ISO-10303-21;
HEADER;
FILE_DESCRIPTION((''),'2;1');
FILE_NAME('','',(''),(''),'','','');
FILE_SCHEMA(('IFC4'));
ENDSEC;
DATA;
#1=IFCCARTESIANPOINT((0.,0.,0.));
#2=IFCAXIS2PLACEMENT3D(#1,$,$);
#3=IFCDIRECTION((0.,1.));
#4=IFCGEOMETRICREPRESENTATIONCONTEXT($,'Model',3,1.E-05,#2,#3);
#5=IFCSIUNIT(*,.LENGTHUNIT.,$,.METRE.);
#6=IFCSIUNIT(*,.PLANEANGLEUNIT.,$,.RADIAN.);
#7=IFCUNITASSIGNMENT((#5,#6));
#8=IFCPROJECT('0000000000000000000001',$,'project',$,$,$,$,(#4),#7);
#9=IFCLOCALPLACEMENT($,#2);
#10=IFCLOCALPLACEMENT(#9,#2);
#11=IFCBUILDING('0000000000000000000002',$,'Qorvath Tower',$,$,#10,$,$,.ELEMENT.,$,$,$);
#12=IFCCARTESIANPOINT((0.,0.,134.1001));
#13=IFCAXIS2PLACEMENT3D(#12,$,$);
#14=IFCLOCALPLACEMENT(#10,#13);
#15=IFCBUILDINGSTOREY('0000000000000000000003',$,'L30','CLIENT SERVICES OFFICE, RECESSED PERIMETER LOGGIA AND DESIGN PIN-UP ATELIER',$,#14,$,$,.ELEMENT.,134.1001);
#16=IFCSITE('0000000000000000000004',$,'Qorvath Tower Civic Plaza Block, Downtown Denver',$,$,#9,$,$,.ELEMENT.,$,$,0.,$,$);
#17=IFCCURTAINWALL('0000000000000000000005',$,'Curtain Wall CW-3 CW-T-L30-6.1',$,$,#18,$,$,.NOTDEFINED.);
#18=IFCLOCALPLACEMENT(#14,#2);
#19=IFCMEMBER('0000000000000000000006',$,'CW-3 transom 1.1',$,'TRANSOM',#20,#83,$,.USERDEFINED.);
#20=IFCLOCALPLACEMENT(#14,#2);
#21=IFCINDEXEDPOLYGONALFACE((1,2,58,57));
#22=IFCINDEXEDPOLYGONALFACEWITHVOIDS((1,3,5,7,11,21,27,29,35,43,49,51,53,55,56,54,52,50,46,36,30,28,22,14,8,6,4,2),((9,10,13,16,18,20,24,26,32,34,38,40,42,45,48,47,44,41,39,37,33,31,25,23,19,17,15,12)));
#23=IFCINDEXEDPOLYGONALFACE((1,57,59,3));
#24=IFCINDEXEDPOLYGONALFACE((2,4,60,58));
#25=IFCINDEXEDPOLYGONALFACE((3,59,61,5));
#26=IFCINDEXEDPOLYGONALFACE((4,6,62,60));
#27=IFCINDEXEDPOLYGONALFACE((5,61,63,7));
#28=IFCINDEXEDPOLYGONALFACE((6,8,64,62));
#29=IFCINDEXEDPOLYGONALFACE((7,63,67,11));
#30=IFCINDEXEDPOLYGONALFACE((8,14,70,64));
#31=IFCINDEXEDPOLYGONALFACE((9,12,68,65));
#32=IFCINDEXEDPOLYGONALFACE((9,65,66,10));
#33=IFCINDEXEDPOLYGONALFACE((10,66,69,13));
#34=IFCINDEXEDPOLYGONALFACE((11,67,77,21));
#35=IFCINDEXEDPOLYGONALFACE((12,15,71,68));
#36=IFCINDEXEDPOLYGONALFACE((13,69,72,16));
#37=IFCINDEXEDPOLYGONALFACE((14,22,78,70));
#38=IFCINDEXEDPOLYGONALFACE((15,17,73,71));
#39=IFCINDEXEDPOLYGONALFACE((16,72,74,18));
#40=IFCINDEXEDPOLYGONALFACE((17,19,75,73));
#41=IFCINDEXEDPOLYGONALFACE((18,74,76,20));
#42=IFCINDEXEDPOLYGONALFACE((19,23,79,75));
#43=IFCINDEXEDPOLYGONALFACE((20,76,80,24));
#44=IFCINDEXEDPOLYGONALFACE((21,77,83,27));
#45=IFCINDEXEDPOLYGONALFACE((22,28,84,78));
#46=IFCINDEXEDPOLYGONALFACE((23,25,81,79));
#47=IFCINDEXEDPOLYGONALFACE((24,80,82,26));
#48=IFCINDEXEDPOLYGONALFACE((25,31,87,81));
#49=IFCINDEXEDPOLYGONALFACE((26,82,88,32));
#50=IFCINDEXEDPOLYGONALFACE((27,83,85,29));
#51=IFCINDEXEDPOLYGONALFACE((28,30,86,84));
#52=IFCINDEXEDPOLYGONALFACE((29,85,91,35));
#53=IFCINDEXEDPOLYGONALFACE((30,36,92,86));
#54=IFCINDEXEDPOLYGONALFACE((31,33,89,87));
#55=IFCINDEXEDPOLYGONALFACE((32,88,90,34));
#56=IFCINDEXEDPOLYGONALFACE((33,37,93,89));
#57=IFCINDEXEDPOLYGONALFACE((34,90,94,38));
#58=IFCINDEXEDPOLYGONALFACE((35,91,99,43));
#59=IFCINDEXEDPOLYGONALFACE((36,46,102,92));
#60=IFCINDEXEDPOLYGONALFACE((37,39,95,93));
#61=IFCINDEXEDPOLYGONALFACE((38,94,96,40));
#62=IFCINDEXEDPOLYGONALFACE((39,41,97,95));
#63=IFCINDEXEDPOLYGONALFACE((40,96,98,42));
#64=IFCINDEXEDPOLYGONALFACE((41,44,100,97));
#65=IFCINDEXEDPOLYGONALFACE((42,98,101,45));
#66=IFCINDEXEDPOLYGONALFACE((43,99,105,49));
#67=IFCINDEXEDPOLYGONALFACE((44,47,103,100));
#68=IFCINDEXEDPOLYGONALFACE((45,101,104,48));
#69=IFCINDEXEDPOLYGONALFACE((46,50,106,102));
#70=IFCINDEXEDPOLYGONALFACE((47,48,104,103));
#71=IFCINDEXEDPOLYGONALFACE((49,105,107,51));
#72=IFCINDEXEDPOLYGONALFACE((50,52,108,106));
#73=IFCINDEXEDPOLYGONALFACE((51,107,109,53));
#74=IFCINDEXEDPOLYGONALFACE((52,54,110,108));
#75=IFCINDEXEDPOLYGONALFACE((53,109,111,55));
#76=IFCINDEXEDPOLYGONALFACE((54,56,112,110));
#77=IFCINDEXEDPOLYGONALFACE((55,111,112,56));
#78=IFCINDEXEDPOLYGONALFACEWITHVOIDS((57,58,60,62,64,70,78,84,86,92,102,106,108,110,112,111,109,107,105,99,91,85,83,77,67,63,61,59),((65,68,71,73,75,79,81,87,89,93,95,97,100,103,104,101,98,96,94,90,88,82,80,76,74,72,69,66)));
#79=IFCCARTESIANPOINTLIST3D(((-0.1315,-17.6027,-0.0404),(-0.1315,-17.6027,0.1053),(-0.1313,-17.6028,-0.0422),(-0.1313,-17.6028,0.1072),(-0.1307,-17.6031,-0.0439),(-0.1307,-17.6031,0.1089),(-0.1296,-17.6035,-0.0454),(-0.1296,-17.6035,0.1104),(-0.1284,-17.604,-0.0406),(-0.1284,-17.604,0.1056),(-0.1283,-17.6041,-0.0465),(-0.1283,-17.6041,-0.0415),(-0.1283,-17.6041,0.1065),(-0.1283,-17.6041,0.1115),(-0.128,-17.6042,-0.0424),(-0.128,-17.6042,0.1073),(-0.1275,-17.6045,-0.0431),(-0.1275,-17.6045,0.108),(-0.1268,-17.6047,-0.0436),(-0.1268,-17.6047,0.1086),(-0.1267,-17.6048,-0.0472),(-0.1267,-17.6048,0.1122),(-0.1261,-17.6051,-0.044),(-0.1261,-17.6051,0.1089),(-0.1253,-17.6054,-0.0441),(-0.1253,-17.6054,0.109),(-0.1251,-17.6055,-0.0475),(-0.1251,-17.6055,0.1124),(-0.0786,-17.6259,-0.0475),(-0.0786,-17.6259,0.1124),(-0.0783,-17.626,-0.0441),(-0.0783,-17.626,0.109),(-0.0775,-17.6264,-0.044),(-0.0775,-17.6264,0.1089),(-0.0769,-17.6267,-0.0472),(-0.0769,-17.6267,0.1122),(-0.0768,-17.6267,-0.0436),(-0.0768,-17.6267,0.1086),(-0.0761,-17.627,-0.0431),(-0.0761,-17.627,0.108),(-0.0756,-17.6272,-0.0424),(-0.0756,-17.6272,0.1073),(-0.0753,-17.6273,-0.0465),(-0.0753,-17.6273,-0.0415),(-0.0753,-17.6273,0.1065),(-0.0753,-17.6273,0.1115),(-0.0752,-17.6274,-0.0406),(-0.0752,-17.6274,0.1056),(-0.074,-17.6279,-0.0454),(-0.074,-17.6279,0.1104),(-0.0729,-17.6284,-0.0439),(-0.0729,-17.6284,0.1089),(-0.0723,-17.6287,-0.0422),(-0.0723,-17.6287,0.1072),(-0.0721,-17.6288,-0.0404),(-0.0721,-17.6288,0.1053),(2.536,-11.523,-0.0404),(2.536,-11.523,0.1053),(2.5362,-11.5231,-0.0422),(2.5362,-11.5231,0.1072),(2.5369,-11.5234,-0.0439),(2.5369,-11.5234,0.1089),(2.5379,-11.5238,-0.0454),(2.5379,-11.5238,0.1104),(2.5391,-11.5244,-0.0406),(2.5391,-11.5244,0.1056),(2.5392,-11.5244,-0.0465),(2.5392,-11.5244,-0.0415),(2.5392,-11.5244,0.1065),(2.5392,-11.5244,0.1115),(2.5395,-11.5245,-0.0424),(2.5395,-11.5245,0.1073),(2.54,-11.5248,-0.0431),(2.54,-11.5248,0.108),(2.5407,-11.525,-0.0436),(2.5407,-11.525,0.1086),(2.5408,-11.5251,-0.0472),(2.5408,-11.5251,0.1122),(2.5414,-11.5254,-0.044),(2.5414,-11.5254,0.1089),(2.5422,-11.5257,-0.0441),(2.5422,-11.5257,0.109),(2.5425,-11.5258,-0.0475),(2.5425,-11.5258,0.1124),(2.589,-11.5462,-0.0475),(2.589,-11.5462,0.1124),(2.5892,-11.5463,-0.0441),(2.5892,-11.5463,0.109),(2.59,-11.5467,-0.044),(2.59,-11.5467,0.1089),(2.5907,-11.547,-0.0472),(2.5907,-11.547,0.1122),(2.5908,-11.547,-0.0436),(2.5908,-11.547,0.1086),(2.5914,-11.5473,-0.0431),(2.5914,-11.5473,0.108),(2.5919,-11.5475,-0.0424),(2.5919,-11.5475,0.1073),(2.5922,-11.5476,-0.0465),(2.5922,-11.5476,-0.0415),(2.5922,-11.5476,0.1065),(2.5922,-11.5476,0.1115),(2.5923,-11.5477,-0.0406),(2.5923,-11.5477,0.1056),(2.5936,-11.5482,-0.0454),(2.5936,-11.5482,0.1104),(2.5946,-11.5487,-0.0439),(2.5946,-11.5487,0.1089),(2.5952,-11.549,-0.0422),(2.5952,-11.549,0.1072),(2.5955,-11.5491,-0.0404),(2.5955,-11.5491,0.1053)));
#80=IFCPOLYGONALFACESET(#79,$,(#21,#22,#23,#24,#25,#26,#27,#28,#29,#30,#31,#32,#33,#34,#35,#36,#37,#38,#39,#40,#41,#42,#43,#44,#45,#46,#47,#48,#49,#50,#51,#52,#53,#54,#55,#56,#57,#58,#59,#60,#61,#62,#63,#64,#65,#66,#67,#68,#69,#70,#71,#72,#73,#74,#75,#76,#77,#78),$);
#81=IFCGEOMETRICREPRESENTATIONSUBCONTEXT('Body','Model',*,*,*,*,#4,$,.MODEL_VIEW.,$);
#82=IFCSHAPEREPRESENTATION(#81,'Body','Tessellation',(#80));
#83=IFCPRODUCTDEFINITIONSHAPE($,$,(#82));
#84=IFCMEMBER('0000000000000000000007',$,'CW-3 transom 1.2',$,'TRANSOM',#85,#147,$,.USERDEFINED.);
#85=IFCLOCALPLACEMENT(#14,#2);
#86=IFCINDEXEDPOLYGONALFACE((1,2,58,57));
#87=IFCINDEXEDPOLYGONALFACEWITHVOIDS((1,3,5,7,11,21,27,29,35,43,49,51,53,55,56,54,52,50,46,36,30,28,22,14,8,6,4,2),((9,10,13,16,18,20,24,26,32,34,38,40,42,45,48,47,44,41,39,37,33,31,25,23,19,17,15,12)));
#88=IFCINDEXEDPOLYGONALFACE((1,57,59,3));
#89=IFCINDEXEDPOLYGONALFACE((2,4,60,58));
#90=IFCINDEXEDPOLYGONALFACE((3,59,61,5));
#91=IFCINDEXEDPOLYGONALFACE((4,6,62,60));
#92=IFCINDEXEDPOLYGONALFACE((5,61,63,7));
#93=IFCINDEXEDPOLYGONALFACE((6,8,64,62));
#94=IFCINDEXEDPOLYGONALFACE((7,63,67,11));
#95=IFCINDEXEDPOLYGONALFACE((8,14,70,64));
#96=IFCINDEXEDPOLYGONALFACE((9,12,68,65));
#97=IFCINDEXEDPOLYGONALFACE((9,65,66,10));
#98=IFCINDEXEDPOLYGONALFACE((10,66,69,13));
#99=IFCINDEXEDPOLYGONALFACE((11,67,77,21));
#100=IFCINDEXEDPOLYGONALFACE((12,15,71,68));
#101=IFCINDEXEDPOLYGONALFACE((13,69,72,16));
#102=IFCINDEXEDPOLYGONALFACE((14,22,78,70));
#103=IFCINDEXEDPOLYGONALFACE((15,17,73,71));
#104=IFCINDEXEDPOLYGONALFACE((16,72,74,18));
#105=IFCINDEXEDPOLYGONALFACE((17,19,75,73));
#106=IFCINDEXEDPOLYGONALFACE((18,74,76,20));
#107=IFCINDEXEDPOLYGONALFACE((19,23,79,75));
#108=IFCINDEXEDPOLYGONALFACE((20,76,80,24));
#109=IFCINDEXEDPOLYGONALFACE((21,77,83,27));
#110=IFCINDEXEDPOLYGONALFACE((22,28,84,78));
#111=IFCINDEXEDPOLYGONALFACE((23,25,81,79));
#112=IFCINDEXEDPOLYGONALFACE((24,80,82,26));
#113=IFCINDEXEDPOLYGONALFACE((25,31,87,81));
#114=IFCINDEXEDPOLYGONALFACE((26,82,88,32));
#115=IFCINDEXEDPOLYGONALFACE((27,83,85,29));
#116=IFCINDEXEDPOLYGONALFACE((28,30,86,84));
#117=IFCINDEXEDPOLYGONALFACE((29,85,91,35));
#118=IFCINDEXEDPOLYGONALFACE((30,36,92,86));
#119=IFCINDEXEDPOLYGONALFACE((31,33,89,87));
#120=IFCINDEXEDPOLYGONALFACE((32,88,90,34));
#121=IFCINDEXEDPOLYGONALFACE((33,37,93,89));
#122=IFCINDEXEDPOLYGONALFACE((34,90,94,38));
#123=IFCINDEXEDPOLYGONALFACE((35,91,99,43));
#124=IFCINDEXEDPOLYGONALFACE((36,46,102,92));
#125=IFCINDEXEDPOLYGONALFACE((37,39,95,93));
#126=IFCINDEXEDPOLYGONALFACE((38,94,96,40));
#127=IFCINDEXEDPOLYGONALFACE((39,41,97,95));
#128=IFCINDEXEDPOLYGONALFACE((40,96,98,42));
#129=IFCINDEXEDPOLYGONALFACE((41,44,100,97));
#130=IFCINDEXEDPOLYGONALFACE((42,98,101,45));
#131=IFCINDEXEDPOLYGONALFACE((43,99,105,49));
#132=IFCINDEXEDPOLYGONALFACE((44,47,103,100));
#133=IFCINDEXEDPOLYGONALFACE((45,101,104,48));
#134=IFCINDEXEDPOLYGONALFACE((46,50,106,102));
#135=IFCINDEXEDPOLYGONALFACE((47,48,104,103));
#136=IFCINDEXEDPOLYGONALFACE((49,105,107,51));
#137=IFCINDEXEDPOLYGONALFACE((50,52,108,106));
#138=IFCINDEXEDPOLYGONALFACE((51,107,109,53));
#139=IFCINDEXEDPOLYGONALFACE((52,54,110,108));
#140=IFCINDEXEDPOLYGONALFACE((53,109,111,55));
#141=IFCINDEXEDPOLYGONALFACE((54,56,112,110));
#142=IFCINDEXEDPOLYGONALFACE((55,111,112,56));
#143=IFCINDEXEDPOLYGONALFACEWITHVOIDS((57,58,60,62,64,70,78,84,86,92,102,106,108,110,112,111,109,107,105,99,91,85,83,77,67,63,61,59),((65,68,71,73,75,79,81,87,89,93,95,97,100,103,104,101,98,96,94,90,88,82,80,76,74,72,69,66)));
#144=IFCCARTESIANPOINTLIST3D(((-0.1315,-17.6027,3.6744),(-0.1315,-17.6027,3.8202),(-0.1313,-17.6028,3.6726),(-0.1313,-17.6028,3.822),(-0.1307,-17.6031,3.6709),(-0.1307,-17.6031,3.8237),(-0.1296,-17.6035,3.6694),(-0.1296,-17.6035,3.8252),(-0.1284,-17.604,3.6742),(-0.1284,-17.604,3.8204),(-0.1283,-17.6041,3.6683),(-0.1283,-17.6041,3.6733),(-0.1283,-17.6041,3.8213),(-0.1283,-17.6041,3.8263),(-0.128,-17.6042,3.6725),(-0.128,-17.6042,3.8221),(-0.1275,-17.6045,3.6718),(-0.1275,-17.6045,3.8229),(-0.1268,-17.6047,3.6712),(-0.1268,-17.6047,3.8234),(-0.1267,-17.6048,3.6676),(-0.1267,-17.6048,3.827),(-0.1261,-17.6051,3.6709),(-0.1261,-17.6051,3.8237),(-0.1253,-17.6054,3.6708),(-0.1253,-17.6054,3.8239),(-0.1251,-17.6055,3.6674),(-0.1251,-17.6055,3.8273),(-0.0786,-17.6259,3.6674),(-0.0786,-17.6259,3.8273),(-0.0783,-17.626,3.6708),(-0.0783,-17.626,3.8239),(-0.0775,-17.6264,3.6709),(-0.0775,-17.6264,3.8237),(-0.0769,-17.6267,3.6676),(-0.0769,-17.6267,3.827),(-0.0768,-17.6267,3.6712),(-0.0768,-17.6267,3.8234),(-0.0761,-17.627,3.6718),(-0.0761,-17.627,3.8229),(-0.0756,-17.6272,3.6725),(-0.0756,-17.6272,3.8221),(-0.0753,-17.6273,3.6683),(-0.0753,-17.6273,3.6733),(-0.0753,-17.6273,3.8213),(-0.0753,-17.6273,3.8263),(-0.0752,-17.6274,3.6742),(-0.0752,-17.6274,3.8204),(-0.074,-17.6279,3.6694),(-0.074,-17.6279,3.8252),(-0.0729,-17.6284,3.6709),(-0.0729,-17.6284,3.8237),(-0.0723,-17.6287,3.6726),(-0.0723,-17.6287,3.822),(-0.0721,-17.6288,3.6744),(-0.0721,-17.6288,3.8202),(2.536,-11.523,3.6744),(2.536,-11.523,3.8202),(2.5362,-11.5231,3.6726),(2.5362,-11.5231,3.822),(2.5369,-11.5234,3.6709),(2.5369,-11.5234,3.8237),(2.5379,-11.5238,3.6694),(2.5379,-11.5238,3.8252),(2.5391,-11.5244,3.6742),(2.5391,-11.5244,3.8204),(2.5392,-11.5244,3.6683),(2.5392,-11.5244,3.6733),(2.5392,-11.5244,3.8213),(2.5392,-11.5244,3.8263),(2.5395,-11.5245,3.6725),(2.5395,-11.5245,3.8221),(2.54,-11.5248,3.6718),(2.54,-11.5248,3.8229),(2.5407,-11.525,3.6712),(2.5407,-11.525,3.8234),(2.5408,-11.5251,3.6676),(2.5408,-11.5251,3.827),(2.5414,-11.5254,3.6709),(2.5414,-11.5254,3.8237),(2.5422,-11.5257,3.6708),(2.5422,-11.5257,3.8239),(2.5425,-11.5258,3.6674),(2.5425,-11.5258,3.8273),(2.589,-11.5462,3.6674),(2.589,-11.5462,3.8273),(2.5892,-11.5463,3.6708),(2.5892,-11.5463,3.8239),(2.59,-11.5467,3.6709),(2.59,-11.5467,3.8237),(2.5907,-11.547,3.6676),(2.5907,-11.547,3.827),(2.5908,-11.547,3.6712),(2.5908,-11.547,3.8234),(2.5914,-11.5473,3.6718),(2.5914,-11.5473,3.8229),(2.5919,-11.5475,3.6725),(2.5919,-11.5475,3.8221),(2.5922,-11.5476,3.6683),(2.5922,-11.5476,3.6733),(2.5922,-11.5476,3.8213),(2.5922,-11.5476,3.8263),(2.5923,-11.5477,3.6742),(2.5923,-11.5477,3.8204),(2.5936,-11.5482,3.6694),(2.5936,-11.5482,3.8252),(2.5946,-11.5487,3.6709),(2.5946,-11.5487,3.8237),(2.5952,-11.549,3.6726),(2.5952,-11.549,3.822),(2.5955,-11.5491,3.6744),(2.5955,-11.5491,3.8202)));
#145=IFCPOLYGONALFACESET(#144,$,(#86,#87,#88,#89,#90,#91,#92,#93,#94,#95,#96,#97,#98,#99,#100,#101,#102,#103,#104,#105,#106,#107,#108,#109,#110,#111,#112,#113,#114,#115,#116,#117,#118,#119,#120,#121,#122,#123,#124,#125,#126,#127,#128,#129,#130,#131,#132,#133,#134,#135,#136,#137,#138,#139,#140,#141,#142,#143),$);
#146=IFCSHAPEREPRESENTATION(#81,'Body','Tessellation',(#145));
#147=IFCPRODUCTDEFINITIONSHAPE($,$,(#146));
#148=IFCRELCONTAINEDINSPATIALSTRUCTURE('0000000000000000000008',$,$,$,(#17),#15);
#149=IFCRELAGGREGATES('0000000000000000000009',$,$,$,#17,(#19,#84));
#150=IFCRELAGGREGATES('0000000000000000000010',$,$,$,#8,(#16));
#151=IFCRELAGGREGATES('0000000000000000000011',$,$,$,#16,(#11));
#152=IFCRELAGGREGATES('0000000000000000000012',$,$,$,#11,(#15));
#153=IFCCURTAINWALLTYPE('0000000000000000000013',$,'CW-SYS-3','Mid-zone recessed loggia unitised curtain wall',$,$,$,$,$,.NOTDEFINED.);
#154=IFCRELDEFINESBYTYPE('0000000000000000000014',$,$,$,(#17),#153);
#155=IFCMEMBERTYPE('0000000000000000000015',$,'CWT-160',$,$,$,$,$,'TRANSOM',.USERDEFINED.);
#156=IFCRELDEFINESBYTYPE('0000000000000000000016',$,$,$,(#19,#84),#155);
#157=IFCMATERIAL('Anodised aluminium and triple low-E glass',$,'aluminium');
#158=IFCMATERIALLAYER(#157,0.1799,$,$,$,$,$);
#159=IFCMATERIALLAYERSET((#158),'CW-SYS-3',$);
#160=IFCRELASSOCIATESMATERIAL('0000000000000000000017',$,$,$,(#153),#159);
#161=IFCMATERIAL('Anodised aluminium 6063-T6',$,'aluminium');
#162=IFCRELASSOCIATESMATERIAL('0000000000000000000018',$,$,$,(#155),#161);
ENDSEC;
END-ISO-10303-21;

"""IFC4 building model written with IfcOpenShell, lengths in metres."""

from ifc_helpers import new_model, si_unit, direction, frame, origin, origin_2d, place, context, subcontext, project, spatial, hollow_rectangle, extrude, material, layer, layer_set, material_profile, profile_set, type_object, element, aggregate, save


model = new_model("IFC4")

# Units and contexts
model_context = context("Model", 3, precision=1e-05, world=origin(), true_north=direction((0.0, 1.0)))
body_context = subcontext(model_context, "Body", "Model", "MODEL_VIEW")
ifc_project = project(units=[si_unit("LENGTHUNIT", "METRE"), si_unit("PLANEANGLEUNIT", "RADIAN")], contexts=[model_context])

# Site, building, storey
site_placement = place(None, origin())
site = spatial("IfcSite", under=ifc_project, at=site_placement, Name="Qorvath Tower Civic Plaza Block, Downtown Denver", CompositionType="ELEMENT", RefElevation=0.0)
building_placement = place(site_placement, origin())
building = spatial("IfcBuilding", under=site, at=building_placement, Name="Qorvath Tower", CompositionType="ELEMENT")
storey_placement = place(building_placement, frame((0.0, 0.0, 134.1001)))
storey = spatial("IfcBuildingStorey", under=building, at=storey_placement, Name="L30", Description="CLIENT SERVICES OFFICE, RECESSED PERIMETER LOGGIA AND DESIGN PIN-UP ATELIER", CompositionType="ELEMENT", Elevation=134.1001)

# Curtain wall
ifc_material_1 = material(Name="Anodised aluminium and triple low-E glass", Category="aluminium")
ifc_layer_1 = layer(ifc_material_1, 0.1799)
ifc_layer_set_1 = layer_set([ifc_layer_1], Name="CW-SYS-3")
curtain_wall_type = type_object("IfcCurtainWallType", Name="CW-SYS-3", Description="Mid-zone recessed loggia unitised curtain wall", PredefinedType="NOTDEFINED", material=ifc_layer_set_1)
curtain_wall_1_placement = place(storey_placement, origin())
curtain_wall_1 = element("IfcCurtainWall", 1, at=curtain_wall_1_placement, inside=storey, type_object=curtain_wall_type, Name="Curtain Wall CW-3 CW-T-L30-6.1", PredefinedType="NOTDEFINED")

# Members
ifc_material_2 = material(Name="Anodised aluminium 6063-T6", Category="aluminium")
ifc_material_profile_1 = material_profile(ifc_material_2, hollow_rectangle(XDim=0.0649, YDim=0.1599, WallThickness=0.0034, InnerFilletRadius=0.0034, OuterFilletRadius=0.0071, at=origin_2d()), Name="CWT 160x65")
ifc_profile_set_1 = profile_set([ifc_material_profile_1], Name="Anodised aluminium 6063-T6")
member_type_1 = type_object("IfcMemberType", Name="CWT-160", ElementType="TRANSOM", PredefinedType="USERDEFINED", material=ifc_profile_set_1)
member_1_placement = place(storey_placement, frame((-0.1018, -17.6157, 0.0325), z_axis=(0.401787, 0.915733, 0.0), x_axis=(-0.915733, 0.401787, 0.0)))
member_1 = element("IfcMember", 2, at=member_1_placement, type_object=member_type_1, Name="CW-3 transom 1.1", ObjectType="TRANSOM", PredefinedType="USERDEFINED", context=body_context, shape_type="SweptSolid", body=[
    extrude(hollow_rectangle(XDim=0.0649, YDim=0.1599, WallThickness=0.0034, InnerFilletRadius=0.0034, OuterFilletRadius=0.0071, at=origin_2d()), origin(), (0.0, 0.0, 1.0), 6.6392),
])
member_2_placement = place(storey_placement, frame((-0.1018, -17.6157, 3.7473), z_axis=(0.401787, 0.915733, 0.0), x_axis=(-0.915733, 0.401787, 0.0)))
member_2 = element("IfcMember", 3, at=member_2_placement, type_object=member_type_1, Name="CW-3 transom 1.2", ObjectType="TRANSOM", PredefinedType="USERDEFINED", context=body_context, shape_type="SweptSolid", body=[
    extrude(hollow_rectangle(XDim=0.0649, YDim=0.1599, WallThickness=0.0034, InnerFilletRadius=0.0034, OuterFilletRadius=0.0071, at=origin_2d()), origin(), (0.0, 0.0, 1.0), 6.6392),
])

aggregate(curtain_wall_1, [member_1, member_2])

save(model, "model.ifc")
